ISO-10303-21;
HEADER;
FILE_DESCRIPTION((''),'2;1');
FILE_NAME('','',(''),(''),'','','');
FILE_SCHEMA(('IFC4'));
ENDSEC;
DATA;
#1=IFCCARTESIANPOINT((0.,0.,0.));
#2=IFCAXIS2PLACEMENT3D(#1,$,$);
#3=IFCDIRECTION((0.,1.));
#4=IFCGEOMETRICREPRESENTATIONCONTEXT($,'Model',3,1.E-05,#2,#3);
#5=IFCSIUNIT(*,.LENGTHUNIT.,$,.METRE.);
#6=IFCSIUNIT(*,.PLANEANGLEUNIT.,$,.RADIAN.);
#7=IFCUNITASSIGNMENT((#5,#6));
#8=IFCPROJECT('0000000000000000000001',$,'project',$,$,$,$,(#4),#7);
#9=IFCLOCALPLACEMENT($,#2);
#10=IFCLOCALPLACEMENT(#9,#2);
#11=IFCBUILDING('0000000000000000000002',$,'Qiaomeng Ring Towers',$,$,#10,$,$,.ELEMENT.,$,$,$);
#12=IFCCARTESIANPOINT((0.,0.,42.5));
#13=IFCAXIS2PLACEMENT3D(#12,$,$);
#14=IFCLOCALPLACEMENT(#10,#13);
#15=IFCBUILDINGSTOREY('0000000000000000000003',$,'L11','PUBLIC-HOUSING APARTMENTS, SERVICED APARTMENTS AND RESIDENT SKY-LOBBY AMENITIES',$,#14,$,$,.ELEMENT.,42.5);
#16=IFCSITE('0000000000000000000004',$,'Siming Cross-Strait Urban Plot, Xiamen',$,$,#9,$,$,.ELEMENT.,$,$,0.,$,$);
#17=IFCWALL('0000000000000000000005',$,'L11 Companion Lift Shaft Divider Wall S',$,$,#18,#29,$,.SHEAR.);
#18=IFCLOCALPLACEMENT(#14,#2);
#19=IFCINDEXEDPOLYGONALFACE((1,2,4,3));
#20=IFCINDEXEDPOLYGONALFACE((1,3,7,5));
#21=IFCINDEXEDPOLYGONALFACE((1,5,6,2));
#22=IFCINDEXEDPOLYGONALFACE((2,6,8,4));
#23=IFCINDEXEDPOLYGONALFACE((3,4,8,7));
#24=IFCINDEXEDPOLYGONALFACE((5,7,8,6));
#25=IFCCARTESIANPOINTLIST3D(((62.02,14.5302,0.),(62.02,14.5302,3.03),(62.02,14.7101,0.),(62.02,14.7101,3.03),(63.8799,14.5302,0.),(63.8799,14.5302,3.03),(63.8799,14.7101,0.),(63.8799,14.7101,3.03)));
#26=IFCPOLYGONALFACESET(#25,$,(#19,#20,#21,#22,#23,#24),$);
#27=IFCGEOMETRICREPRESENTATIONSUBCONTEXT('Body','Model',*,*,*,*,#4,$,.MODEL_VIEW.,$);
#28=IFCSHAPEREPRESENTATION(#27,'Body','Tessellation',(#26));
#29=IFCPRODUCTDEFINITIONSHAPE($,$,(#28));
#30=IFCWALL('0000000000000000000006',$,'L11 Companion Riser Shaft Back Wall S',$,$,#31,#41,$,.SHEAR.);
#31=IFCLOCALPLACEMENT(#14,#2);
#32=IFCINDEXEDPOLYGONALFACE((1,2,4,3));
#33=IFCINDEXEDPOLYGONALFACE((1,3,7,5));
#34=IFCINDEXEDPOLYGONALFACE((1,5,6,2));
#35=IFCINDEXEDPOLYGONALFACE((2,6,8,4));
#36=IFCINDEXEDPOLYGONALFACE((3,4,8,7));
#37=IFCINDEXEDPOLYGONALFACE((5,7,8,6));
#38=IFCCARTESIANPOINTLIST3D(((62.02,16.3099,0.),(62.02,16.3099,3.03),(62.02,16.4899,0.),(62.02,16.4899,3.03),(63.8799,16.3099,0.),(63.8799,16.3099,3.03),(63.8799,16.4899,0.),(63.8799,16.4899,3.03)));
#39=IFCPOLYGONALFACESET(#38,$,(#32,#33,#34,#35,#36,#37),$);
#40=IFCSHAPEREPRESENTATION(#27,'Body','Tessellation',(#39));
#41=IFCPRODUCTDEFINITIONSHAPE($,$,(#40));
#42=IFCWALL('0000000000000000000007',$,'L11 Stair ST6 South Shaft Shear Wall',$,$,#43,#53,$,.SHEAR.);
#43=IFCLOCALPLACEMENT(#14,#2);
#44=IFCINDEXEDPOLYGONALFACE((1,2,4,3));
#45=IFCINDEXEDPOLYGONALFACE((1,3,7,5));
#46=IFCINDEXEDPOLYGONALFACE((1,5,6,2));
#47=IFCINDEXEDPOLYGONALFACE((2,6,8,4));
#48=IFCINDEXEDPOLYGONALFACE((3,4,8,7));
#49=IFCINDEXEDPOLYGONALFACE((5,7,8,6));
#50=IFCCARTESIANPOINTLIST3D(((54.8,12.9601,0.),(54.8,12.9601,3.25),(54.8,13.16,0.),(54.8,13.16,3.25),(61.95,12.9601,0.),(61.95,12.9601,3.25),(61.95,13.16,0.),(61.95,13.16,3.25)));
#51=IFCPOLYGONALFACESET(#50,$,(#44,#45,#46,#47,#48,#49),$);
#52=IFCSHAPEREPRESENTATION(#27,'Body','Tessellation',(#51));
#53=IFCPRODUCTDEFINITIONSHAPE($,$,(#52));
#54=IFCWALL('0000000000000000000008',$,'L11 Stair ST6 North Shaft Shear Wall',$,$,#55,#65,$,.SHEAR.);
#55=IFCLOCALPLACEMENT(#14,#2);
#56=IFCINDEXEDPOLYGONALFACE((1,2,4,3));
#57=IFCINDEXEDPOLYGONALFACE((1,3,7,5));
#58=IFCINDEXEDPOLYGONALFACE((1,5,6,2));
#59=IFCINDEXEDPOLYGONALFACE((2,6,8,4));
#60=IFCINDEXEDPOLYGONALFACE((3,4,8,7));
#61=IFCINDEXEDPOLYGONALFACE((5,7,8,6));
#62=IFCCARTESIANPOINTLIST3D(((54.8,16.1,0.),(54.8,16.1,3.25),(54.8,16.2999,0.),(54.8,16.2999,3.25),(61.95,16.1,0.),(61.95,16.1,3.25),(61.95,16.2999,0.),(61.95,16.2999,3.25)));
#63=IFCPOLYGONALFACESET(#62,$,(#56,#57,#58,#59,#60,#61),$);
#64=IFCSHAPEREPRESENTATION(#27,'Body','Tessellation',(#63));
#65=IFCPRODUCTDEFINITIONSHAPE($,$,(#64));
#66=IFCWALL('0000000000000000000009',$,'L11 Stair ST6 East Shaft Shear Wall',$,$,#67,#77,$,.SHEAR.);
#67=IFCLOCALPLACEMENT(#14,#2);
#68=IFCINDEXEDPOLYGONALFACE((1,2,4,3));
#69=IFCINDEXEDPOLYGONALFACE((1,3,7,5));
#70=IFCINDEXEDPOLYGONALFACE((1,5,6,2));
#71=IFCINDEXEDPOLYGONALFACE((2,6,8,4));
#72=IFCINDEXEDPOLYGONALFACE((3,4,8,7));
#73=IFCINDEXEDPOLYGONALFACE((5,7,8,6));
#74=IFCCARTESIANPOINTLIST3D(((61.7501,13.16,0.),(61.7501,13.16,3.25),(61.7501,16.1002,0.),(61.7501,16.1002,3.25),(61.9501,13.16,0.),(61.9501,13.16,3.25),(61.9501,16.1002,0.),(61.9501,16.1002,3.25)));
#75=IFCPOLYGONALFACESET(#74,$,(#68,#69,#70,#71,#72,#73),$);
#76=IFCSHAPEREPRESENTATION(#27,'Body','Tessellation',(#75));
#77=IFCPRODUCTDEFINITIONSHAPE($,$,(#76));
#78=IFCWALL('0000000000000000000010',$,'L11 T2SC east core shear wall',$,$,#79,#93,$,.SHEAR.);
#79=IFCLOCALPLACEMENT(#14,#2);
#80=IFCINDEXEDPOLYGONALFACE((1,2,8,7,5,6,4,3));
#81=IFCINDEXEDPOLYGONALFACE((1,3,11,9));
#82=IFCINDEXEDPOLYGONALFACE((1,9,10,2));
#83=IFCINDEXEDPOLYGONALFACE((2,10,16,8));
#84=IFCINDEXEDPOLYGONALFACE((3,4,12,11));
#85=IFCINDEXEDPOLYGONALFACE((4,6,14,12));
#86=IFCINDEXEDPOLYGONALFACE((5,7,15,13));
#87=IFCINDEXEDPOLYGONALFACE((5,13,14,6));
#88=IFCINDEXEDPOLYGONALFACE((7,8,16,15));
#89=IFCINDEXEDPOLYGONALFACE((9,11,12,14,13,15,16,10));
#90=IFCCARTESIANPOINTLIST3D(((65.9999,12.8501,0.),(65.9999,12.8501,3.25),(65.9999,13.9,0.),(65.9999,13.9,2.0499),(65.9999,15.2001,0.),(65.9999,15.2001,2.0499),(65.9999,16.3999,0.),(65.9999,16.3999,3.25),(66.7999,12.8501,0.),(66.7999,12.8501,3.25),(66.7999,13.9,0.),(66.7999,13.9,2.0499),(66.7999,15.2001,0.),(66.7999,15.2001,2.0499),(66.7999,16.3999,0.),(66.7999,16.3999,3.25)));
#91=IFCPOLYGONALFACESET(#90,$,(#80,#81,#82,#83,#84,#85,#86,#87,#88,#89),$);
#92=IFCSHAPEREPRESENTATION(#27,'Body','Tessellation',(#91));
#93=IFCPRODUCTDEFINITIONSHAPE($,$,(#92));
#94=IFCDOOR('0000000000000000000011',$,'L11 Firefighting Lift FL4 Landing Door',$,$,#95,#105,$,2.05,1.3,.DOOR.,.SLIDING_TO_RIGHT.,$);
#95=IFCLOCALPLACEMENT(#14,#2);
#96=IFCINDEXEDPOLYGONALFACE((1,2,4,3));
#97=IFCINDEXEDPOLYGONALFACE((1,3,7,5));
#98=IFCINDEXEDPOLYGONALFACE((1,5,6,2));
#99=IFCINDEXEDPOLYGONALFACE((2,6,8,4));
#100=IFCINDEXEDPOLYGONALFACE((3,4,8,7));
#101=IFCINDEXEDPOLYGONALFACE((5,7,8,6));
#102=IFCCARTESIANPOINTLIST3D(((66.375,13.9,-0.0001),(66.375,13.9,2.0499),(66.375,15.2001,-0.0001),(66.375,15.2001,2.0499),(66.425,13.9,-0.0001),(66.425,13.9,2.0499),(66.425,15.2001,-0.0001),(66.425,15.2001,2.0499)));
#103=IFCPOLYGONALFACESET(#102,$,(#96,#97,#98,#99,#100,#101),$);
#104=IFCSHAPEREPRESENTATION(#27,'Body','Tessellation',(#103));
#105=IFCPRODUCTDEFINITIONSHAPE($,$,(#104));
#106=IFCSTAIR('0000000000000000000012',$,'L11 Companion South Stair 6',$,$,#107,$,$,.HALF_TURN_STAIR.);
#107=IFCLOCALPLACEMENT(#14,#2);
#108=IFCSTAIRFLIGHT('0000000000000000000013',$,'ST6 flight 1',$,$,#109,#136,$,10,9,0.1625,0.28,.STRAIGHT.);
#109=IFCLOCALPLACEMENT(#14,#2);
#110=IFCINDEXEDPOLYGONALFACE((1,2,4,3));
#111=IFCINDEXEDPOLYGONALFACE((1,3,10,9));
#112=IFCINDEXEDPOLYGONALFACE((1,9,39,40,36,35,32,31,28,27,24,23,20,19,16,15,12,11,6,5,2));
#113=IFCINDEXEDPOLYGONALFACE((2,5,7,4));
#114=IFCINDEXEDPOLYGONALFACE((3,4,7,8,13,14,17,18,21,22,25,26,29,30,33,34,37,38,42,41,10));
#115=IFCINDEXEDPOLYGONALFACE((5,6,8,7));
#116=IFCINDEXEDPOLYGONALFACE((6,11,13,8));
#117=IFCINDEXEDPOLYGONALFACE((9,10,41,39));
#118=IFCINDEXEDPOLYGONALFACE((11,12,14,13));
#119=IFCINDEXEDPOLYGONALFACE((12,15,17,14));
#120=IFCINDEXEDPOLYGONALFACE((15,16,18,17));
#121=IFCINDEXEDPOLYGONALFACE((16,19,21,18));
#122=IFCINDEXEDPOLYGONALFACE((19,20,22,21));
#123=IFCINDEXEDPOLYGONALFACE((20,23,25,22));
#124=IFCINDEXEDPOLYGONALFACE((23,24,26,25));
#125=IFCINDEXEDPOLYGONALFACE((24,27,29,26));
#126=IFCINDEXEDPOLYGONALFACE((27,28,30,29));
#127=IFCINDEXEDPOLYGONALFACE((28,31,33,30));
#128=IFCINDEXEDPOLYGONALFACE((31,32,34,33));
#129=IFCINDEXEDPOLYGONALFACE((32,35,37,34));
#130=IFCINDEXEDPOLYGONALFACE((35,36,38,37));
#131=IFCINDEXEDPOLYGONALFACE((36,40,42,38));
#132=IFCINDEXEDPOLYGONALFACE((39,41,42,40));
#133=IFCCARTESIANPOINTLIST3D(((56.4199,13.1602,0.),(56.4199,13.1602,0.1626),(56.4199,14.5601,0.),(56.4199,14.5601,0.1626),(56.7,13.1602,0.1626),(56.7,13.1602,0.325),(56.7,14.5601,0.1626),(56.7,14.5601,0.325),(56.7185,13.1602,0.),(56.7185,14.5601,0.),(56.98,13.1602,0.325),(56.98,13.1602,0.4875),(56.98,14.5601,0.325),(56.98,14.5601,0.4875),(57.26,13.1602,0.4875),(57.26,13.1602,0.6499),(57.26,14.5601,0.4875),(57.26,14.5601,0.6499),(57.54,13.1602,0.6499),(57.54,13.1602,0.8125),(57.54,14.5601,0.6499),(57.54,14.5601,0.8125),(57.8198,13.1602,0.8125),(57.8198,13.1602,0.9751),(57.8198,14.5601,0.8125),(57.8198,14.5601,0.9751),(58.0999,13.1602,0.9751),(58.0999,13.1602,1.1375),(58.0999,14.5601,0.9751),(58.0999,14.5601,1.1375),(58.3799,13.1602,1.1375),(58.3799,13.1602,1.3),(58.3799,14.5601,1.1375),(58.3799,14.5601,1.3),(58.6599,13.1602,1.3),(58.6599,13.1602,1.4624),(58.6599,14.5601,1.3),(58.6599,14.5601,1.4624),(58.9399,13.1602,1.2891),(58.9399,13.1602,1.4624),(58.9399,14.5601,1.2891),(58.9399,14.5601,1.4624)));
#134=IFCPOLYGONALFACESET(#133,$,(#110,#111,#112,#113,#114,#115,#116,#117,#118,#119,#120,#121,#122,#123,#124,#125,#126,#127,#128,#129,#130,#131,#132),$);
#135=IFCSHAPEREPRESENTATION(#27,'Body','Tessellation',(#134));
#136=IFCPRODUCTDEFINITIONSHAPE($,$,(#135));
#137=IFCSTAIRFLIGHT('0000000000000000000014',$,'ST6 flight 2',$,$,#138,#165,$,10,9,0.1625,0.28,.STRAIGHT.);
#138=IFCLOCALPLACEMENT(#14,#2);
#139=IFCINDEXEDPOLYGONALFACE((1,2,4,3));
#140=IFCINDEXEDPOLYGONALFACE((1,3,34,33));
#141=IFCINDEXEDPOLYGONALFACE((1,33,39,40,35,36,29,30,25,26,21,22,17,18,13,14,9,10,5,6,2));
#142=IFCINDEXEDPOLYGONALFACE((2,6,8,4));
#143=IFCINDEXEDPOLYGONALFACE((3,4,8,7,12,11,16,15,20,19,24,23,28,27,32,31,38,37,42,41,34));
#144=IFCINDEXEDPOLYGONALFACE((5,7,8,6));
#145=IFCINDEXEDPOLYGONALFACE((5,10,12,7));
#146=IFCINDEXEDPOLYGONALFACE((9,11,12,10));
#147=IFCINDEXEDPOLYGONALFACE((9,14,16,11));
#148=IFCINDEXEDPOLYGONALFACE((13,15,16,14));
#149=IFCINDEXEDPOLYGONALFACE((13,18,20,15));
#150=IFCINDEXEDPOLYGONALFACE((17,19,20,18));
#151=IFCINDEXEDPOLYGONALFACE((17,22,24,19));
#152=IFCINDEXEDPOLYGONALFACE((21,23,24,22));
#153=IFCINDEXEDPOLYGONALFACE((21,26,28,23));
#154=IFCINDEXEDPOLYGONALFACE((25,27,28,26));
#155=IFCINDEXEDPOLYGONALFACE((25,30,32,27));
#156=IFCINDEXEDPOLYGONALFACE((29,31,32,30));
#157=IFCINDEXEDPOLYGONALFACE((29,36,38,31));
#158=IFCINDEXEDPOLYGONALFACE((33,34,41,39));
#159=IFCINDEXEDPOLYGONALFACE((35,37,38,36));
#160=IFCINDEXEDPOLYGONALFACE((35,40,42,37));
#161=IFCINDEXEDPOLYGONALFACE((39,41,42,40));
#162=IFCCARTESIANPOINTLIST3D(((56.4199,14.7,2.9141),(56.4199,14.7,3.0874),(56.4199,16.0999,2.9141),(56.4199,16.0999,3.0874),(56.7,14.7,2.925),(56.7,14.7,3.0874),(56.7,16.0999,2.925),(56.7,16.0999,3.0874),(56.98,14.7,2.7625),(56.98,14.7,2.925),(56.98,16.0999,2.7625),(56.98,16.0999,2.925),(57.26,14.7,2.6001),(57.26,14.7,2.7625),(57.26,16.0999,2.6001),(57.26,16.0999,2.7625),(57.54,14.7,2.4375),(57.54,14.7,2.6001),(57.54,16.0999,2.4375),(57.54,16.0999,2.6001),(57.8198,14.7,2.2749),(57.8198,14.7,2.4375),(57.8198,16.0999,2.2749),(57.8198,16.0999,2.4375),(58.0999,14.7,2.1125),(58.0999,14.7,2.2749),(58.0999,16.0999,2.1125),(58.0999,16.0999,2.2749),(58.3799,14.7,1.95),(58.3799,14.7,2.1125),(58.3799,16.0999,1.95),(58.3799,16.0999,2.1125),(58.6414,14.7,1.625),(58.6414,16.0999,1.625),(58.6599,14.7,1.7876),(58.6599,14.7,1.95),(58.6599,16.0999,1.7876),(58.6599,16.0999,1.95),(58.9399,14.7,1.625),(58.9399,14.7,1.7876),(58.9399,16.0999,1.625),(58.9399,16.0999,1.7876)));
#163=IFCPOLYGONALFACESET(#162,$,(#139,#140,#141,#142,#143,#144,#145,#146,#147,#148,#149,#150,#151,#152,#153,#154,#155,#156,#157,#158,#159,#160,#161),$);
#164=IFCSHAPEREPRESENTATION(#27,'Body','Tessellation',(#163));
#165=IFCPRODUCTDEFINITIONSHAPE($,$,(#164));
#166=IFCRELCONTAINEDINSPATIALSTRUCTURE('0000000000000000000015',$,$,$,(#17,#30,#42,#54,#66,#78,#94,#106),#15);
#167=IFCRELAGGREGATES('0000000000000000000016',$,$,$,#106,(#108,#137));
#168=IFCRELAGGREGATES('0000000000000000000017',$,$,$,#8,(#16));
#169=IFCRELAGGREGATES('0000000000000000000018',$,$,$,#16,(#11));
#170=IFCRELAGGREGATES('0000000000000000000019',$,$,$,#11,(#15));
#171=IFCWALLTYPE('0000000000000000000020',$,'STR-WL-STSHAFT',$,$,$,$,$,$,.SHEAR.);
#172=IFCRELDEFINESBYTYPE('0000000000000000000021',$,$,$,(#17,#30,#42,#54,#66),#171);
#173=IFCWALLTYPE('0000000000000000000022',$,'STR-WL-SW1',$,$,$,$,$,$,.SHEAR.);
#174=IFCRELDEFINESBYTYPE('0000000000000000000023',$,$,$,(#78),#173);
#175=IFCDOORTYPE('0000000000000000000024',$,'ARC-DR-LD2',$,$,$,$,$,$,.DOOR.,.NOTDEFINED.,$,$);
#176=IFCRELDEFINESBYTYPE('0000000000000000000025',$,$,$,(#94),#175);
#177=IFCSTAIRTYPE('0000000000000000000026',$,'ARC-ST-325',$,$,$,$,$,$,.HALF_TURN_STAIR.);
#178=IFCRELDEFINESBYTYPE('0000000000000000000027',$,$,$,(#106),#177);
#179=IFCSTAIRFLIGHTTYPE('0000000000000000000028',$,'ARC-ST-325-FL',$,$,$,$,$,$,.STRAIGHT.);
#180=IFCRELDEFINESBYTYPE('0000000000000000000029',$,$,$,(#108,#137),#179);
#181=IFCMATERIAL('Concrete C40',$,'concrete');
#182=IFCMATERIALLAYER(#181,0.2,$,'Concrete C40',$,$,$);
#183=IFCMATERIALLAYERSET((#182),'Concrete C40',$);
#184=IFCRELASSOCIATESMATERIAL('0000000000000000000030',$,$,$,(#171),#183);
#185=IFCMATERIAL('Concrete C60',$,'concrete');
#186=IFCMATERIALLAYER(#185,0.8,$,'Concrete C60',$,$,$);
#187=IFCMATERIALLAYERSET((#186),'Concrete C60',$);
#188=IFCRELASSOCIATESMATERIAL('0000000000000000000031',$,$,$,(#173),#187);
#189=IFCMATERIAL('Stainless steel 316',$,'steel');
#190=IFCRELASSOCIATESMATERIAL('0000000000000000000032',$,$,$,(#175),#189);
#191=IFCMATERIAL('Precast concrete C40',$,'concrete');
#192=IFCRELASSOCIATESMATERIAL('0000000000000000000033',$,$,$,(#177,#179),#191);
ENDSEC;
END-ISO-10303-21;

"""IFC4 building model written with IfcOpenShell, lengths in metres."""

from ifc_helpers import new_model, si_unit, direction, frame, frame_2d, origin, place, context, subcontext, project, spatial, polyline, rectangle, outline, extrude, source, transform, mapped, material, layer, layer_set, type_object, element, fill, aggregate, save


model = new_model("IFC4")

# Units and contexts
model_context = context("Model", 3, precision=1e-05, world=origin(), true_north=direction((0.0, 1.0)))
body_context = subcontext(model_context, "Body", "Model", "MODEL_VIEW")
ifc_project = project(units=[si_unit("LENGTHUNIT", "METRE"), si_unit("PLANEANGLEUNIT", "RADIAN")], contexts=[model_context])

# Site, building, storey
site_placement = place(None, origin())
site = spatial("IfcSite", under=ifc_project, at=site_placement, Name="Siming Cross-Strait Urban Plot, Xiamen", CompositionType="ELEMENT", RefElevation=0.0)
building_placement = place(site_placement, origin())
building = spatial("IfcBuilding", under=site, at=building_placement, Name="Qiaomeng Ring Towers", CompositionType="ELEMENT")
storey_placement = place(building_placement, frame((0.0, 0.0, 42.5)))
storey = spatial("IfcBuildingStorey", under=building, at=storey_placement, Name="L11", Description="PUBLIC-HOUSING APARTMENTS, SERVICED APARTMENTS AND RESIDENT SKY-LOBBY AMENITIES", CompositionType="ELEMENT", Elevation=42.5)

# Walls
ifc_material_1 = material(Name="Concrete C40", Category="concrete")
ifc_layer_1 = layer(ifc_material_1, 0.2, Name="Concrete C40")
ifc_layer_set_1 = layer_set([ifc_layer_1], Name="Concrete C40")
wall_type_1 = type_object("IfcWallType", Name="STR-WL-STSHAFT", PredefinedType="SHEAR", material=ifc_layer_set_1)
for number, where, z_axis, x_axis, name in (
    (1, (62.02, 14.6201, 0.0), (0.0, 0.0, 1.0), (1.0, 0.0, 0.0), "L11 Companion Lift Shaft Divider Wall S"),
    (2, (62.02, 16.3999, 0.0), (0.0, 0.0, 1.0), (1.0, 0.0, 0.0), "L11 Companion Riser Shaft Back Wall S"),
):
    element("IfcWall", number, at=place(storey_placement, frame(where, z_axis=z_axis, x_axis=x_axis)), inside=storey, type_object=wall_type_1, Name=name, PredefinedType="SHEAR", context=body_context, shape_type="SweptSolid", body=[
        extrude(rectangle(XDim=1.8599, YDim=0.1799, at=frame_2d((0.9299, 0.0))), origin(), (0.0, 0.0, 1.0), 3.03),
    ])
for number, where, z_axis, x_axis, name in (
    (3, (54.8, 13.0601, 0.0), (0.0, 0.0, 1.0), (1.0, 0.0, 0.0), "L11 Stair ST6 South Shaft Shear Wall"),
    (4, (54.8, 16.2, 0.0), (0.0, 0.0, 1.0), (1.0, 0.0, 0.0), "L11 Stair ST6 North Shaft Shear Wall"),
):
    element("IfcWall", number, at=place(storey_placement, frame(where, z_axis=z_axis, x_axis=x_axis)), inside=storey, type_object=wall_type_1, Name=name, PredefinedType="SHEAR", context=body_context, shape_type="SweptSolid", body=[
        extrude(rectangle(XDim=7.1499, YDim=0.2, at=frame_2d((3.575, 0.0))), origin(), (0.0, 0.0, 1.0), 3.25),
    ])
wall_1_placement = place(storey_placement, frame((61.8501, 13.1599, 0.0), z_axis=(0.0, 0.0, 1.0), x_axis=(0.0, 1.0, 0.0)))
element("IfcWall", 5, at=wall_1_placement, inside=storey, type_object=wall_type_1, Name="L11 Stair ST6 East Shaft Shear Wall", PredefinedType="SHEAR", context=body_context, shape_type="SweptSolid", body=[
    extrude(rectangle(XDim=2.9402, YDim=0.2, at=frame_2d((1.4702, 0.0))), origin(), (0.0, 0.0, 1.0), 3.25),
])

# Wall, opening, door
ifc_material_2 = material(Name="Concrete C60", Category="concrete")
ifc_layer_2 = layer(ifc_material_2, 0.8, Name="Concrete C60")
ifc_layer_set_2 = layer_set([ifc_layer_2], Name="Concrete C60")
wall_type_2 = type_object("IfcWallType", Name="STR-WL-SW1", PredefinedType="SHEAR", material=ifc_layer_set_2)
wall_2_placement = place(storey_placement, frame((66.3999, 12.8501, 0.0), z_axis=(0.0, 0.0, 1.0), x_axis=(0.0, 1.0, 0.0)))
wall_2 = element("IfcWall", 6, at=wall_2_placement, inside=storey, type_object=wall_type_2, Name="L11 T2SC east core shear wall", PredefinedType="SHEAR", context=body_context, shape_type="SweptSolid", body=[
    extrude(rectangle(XDim=3.5498, YDim=0.8, at=frame_2d((1.7749, 0.0))), origin(), (0.0, 0.0, 1.0), 3.25),
])
opening_placement = place(wall_2_placement, frame((1.05, 0.0, 0.0)))
opening = element("IfcOpeningElement", 7, at=opening_placement, cuts=wall_2, PredefinedType="OPENING", context=body_context, shape_type="SweptSolid", body=[
    extrude(rectangle(XDim=1.3, YDim=2.05, at=frame_2d((0.6499, 1.0249))), frame((0.0, 0.4099, 0.0), z_axis=(0.0, -1.0, 0.0), x_axis=(1.0, 0.0, 0.0)), (0.0, 0.0, 1.0), 0.8201),
])
ifc_material_3 = material(Name="Stainless steel 316", Category="steel")
door_type = type_object("IfcDoorType", Name="ARC-DR-LD2", OperationType="NOTDEFINED", PredefinedType="DOOR", material=ifc_material_3)
shared_shape_1 = source(origin(), body_context, "Body", "SweptSolid", [
    extrude(rectangle(XDim=1.3, YDim=2.05, at=frame_2d((0.6499, 1.0249))), frame((0.0, 0.0249, 0.0), z_axis=(0.0, -1.0, 0.0), x_axis=(1.0, 0.0, 0.0)), (0.0, 0.0, 1.0), 0.05),
])
door_placement = place(opening_placement, origin())
door = element("IfcDoor", 8, at=door_placement, inside=storey, type_object=door_type, Name="L11 Firefighting Lift FL4 Landing Door", OperationType="SLIDING_TO_RIGHT", OverallHeight=2.05, OverallWidth=1.3, PredefinedType="DOOR", context=body_context, shape_type="MappedRepresentation", body=[
    mapped(shared_shape_1, transform((0.0, 0.0, 0.0), x_axis=(1.0, 0.0, 0.0), y_axis=(0.0, 1.0, 0.0), z_axis=(0.0, 0.0, 1.0), scale=1.0)),
])
fill(opening, door)

# Stair, stair flights
ifc_material_4 = material(Name="Precast concrete C40", Category="concrete")
stair_type = type_object("IfcStairType", Name="ARC-ST-325", PredefinedType="HALF_TURN_STAIR", material=ifc_material_4)
stair_placement = place(storey_placement, origin())
stair = element("IfcStair", 9, at=stair_placement, inside=storey, type_object=stair_type, Name="L11 Companion South Stair 6", PredefinedType="HALF_TURN_STAIR")
stair_flight_type = type_object("IfcStairFlightType", Name="ARC-ST-325-FL", PredefinedType="STRAIGHT", material=ifc_material_4)
shared_shape_2 = source(origin(), body_context, "Body", "SweptSolid", [
    extrude(outline(polyline([(0.0, 0.0), (0.0, 0.1626), (0.28, 0.1626), (0.28, 0.325), (0.5601, 0.325), (0.5601, 0.4875), (0.8401, 0.4875), (0.8401, 0.6499), (1.1201, 0.6499), (1.1201, 0.8125), (1.3999, 0.8125), (1.3999, 0.9751), (1.6799, 0.9751), (1.6799, 1.1375), (1.96, 1.1375), (1.96, 1.3), (2.24, 1.3), (2.24, 1.4624), (2.52, 1.4624), (2.52, 1.625), (2.52, 1.2891), (0.2986, 0.0), (0.0, 0.0)])), frame((0.0, 0.7, 0.0), z_axis=(0.0, -1.0, 0.0), x_axis=(1.0, 0.0, 0.0)), (0.0, 0.0, 1.0), 1.3999),
])
stair_flight_1_placement = place(storey_placement, frame((56.4199, 13.8601, 0.0), z_axis=(0.0, 0.0, 1.0), x_axis=(1.0, 0.0, 0.0)))
stair_flight_1 = element("IfcStairFlight", 10, at=stair_flight_1_placement, type_object=stair_flight_type, Name="ST6 flight 1", NumberOfRisers=10, NumberOfTreads=9, PredefinedType="STRAIGHT", RiserHeight=0.1625, TreadLength=0.28, context=body_context, shape_type="MappedRepresentation", body=[
    mapped(shared_shape_2, transform((0.0, 0.0, 0.0), x_axis=(1.0, 0.0, 0.0), y_axis=(0.0, 1.0, 0.0), z_axis=(0.0, 0.0, 1.0), scale=1.0)),
])
stair_flight_2_placement = place(storey_placement, frame((58.9399, 15.3999, 1.625), z_axis=(0.0, 0.0, 1.0), x_axis=(-1.0, 0.0, 0.0)))
stair_flight_2 = element("IfcStairFlight", 11, at=stair_flight_2_placement, type_object=stair_flight_type, Name="ST6 flight 2", NumberOfRisers=10, NumberOfTreads=9, PredefinedType="STRAIGHT", RiserHeight=0.1625, TreadLength=0.28, context=body_context, shape_type="MappedRepresentation", body=[
    mapped(shared_shape_2, transform((0.0, 0.0, 0.0), x_axis=(1.0, 0.0, 0.0), y_axis=(0.0, 1.0, 0.0), z_axis=(0.0, 0.0, 1.0), scale=1.0)),
])
aggregate(stair, [stair_flight_1, stair_flight_2])

save(model, "model.ifc")
